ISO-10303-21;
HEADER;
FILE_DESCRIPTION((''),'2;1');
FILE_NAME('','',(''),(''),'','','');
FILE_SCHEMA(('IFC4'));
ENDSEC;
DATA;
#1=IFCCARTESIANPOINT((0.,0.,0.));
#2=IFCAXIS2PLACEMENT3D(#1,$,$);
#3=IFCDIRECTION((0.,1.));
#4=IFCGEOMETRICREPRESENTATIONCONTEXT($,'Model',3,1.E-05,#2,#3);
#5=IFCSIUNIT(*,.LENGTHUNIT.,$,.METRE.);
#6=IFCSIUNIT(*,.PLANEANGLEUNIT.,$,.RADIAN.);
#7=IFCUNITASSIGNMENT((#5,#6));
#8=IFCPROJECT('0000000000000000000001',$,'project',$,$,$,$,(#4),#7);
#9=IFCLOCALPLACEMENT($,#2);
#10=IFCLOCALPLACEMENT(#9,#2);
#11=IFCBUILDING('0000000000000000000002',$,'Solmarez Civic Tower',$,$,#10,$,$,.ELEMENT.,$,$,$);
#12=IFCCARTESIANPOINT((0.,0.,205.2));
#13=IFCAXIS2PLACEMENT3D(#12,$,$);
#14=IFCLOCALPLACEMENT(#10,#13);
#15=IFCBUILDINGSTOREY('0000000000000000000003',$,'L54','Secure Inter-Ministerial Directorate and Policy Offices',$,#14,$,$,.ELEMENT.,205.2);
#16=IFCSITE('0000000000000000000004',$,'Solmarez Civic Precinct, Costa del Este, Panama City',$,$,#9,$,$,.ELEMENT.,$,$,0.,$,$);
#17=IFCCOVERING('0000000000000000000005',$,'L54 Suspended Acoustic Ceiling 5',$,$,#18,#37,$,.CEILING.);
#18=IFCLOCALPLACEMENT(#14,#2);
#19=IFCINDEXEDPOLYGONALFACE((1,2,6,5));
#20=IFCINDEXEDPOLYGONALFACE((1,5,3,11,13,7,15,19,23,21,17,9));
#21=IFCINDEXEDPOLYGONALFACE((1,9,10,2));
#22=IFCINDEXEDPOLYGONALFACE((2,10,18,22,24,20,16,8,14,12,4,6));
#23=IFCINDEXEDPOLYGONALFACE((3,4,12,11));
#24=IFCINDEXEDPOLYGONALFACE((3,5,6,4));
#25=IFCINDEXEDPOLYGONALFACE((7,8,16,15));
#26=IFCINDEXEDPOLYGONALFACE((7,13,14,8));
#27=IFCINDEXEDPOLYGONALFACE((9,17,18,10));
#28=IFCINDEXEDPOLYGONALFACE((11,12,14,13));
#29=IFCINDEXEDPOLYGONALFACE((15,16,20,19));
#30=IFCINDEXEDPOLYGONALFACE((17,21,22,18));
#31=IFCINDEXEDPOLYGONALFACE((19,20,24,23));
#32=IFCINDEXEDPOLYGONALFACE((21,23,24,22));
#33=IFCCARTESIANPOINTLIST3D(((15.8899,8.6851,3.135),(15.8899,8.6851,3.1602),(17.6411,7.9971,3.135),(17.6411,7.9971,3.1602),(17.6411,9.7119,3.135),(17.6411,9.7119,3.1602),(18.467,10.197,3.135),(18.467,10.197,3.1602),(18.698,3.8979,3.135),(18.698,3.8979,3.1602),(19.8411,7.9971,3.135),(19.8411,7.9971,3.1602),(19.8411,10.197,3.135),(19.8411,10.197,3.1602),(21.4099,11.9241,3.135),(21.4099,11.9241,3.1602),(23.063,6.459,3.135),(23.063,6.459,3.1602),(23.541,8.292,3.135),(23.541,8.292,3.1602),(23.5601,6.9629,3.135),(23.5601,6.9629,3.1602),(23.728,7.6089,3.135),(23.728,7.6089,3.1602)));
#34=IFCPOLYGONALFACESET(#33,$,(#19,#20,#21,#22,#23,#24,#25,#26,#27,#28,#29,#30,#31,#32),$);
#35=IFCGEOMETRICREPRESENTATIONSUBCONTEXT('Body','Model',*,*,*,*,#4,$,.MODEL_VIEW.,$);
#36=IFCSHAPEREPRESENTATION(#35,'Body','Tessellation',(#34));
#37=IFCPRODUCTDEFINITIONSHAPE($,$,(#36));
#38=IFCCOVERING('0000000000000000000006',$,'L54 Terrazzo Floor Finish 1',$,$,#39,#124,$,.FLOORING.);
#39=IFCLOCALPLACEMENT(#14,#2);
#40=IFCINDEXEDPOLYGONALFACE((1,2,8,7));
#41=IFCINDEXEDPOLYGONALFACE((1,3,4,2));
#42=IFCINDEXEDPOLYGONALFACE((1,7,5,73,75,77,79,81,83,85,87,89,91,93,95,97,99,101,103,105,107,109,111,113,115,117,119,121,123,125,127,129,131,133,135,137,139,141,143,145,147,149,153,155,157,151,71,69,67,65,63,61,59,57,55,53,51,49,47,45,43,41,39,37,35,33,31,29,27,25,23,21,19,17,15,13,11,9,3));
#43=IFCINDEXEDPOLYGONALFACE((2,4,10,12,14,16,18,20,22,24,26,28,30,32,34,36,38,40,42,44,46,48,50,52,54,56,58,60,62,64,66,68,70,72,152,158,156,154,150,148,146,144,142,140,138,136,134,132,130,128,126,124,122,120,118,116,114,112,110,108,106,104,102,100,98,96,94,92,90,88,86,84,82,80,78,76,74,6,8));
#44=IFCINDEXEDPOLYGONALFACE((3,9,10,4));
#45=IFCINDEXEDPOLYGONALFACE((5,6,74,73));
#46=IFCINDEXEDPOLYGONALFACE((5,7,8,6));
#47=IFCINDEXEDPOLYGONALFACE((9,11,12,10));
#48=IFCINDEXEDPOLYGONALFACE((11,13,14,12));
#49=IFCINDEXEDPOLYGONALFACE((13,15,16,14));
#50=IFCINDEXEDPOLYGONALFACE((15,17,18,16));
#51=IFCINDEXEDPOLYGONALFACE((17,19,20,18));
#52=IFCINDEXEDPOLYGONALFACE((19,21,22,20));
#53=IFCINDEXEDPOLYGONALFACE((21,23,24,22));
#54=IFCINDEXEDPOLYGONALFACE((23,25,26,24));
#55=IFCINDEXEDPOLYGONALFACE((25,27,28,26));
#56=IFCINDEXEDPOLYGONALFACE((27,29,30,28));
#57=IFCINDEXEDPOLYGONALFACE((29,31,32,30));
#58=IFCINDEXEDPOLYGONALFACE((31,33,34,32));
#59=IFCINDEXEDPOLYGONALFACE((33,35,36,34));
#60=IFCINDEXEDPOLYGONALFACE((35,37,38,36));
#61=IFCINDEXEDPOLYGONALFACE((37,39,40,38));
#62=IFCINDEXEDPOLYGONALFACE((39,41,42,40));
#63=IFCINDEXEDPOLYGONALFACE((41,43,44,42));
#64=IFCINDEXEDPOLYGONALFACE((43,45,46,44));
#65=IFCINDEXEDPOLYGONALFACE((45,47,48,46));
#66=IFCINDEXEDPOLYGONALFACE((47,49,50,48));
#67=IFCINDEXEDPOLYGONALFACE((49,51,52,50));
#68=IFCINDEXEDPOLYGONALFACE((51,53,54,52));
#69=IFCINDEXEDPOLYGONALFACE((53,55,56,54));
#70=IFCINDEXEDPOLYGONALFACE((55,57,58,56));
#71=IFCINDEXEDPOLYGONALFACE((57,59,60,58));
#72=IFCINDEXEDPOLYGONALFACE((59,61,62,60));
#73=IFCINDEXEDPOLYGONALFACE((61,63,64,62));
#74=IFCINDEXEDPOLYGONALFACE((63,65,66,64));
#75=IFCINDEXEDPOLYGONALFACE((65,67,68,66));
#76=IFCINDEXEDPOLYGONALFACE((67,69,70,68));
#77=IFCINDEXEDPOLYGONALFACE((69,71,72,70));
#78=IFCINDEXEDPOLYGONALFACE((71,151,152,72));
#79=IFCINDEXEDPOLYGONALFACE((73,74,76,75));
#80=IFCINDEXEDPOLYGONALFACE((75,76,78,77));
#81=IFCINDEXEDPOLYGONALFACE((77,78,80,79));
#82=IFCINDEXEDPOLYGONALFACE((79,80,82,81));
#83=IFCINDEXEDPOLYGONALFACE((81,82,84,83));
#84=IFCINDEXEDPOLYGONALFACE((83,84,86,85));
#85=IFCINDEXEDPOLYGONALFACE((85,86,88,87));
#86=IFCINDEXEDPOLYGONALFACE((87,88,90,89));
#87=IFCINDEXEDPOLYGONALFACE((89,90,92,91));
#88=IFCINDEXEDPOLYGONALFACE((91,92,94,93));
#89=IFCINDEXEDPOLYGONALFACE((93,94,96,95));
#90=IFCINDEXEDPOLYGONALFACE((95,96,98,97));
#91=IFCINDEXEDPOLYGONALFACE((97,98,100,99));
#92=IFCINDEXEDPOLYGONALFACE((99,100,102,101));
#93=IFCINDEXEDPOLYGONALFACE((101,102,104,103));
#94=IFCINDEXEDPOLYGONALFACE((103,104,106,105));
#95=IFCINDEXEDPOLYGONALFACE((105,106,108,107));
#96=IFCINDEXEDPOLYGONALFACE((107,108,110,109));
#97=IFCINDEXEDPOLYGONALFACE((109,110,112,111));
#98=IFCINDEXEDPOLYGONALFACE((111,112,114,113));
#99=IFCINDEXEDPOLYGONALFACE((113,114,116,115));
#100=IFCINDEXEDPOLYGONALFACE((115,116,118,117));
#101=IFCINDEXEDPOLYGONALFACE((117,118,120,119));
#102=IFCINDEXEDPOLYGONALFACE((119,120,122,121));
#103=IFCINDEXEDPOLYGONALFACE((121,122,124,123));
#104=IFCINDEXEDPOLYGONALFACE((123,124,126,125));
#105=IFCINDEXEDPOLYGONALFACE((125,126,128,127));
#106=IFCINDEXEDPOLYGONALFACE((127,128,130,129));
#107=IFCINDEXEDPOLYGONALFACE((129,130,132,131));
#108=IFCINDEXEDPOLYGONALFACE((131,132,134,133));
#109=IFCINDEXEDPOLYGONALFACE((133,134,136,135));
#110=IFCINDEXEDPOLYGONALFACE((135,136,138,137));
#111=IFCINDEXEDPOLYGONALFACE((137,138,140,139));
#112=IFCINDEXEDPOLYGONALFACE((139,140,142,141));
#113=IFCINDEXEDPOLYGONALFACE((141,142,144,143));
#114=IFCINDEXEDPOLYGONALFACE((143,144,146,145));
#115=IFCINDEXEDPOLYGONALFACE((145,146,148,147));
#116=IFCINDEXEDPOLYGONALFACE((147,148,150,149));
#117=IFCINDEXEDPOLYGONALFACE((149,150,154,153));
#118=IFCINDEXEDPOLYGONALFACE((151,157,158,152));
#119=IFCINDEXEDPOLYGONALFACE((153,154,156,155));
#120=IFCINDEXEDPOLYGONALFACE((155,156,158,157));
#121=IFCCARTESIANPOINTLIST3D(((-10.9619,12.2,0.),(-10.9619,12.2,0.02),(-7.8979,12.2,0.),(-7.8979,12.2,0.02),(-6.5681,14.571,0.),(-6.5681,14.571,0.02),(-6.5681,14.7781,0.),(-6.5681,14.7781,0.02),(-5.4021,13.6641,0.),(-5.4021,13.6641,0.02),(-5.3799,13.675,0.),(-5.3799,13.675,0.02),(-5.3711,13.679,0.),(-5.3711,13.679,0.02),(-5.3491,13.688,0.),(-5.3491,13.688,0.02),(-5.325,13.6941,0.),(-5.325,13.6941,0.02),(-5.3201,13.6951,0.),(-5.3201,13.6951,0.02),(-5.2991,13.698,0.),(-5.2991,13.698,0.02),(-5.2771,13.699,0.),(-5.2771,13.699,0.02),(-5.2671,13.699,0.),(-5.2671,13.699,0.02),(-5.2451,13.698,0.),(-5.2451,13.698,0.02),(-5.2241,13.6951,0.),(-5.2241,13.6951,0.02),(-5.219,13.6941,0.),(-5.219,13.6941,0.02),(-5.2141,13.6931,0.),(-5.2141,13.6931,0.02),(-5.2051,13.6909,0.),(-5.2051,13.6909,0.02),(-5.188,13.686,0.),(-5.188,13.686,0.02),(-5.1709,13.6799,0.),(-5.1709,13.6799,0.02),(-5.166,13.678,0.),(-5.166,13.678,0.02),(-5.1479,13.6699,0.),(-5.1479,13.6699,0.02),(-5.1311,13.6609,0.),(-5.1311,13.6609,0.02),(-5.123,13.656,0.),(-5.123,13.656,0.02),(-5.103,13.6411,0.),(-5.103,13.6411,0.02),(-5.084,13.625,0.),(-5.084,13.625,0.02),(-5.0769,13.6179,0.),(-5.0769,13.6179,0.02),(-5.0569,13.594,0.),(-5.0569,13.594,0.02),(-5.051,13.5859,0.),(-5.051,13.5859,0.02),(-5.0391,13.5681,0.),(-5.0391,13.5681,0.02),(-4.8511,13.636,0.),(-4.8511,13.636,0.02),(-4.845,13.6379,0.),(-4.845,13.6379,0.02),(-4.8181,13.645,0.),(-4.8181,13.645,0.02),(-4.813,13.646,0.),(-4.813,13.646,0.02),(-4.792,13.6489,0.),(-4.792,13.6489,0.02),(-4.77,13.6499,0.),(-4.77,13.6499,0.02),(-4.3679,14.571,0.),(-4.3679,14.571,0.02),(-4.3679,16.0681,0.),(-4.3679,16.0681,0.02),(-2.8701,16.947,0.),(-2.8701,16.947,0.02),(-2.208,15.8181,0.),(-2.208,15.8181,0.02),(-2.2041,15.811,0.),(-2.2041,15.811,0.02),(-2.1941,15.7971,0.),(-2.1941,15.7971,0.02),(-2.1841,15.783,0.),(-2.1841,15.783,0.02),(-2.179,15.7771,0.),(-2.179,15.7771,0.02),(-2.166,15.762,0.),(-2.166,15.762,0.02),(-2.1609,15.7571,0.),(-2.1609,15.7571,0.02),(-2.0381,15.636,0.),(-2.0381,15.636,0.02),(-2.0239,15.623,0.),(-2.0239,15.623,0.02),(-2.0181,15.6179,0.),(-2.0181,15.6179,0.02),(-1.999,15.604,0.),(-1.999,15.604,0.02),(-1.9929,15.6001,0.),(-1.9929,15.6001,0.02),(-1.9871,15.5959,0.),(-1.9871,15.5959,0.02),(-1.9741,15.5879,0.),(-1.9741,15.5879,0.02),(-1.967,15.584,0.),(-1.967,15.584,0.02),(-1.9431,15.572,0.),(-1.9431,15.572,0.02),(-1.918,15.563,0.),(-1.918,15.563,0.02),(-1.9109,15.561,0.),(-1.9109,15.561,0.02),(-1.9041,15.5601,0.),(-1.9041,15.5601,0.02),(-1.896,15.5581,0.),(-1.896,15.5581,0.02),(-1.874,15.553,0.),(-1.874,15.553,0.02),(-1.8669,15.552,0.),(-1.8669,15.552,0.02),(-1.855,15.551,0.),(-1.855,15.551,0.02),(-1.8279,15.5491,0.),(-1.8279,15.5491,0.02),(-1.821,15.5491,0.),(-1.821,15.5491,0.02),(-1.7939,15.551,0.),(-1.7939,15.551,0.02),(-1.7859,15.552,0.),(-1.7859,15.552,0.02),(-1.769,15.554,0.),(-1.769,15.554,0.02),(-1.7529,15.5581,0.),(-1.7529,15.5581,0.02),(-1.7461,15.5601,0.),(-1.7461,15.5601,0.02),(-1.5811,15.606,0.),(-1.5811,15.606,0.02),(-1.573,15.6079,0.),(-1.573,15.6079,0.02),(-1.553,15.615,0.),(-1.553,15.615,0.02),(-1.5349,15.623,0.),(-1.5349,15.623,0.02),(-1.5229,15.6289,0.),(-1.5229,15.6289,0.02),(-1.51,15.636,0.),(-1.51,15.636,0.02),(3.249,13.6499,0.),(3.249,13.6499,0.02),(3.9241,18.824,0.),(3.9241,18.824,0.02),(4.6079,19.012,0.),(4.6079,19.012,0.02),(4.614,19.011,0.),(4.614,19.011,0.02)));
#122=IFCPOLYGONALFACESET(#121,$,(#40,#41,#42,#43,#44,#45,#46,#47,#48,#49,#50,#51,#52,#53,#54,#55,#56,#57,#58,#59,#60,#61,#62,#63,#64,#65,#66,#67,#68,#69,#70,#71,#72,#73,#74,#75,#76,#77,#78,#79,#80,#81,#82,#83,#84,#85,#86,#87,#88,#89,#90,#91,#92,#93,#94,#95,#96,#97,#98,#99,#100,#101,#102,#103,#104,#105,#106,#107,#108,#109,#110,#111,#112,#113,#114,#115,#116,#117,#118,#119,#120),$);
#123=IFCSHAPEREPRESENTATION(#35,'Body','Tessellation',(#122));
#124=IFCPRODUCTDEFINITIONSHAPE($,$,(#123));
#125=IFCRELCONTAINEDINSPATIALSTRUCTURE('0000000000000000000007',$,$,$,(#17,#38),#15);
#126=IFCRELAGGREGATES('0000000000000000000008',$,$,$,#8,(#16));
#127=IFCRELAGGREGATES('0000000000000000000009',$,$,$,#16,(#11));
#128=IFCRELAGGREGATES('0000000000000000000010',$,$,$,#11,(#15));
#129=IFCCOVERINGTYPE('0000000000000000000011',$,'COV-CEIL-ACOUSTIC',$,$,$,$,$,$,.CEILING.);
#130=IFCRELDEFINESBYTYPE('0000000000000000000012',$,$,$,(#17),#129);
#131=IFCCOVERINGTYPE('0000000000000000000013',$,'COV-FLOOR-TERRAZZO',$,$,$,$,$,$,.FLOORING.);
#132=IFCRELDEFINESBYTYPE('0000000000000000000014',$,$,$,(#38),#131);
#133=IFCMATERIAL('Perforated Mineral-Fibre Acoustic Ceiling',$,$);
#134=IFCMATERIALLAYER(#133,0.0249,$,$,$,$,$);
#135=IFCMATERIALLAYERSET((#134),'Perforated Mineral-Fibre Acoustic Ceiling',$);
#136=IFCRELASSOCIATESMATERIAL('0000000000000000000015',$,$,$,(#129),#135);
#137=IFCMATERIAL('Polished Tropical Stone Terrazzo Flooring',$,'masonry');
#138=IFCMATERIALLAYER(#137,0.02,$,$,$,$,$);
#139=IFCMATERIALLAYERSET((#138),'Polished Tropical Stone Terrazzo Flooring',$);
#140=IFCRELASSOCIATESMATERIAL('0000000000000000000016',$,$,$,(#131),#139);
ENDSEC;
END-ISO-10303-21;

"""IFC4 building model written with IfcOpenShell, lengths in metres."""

from ifc_helpers import new_model, si_unit, direction, frame, origin, place, context, subcontext, project, spatial, polyline, outline, extrude, material, layer, layer_set, type_object, element, save


model = new_model("IFC4")

# Units and contexts
model_context = context("Model", 3, precision=1e-05, world=origin(), true_north=direction((0.0, 1.0)))
body_context = subcontext(model_context, "Body", "Model", "MODEL_VIEW")
ifc_project = project(units=[si_unit("LENGTHUNIT", "METRE"), si_unit("PLANEANGLEUNIT", "RADIAN")], contexts=[model_context])

# Site, building, storey
site_placement = place(None, origin())
site = spatial("IfcSite", under=ifc_project, at=site_placement, Name="Solmarez Civic Precinct, Costa del Este, Panama City", CompositionType="ELEMENT", RefElevation=0.0)
building_placement = place(site_placement, origin())
building = spatial("IfcBuilding", under=site, at=building_placement, Name="Solmarez Civic Tower", CompositionType="ELEMENT")
storey_placement = place(building_placement, frame((0.0, 0.0, 205.2)))
storey = spatial("IfcBuildingStorey", under=building, at=storey_placement, Name="L54", Description="Secure Inter-Ministerial Directorate and Policy Offices", CompositionType="ELEMENT", Elevation=205.2)

# Coverings
ifc_material_1 = material(Name="Perforated Mineral-Fibre Acoustic Ceiling")
ifc_layer_1 = layer(ifc_material_1, 0.0249)
ifc_layer_set_1 = layer_set([ifc_layer_1], Name="Perforated Mineral-Fibre Acoustic Ceiling")
covering_type_1 = type_object("IfcCoveringType", Name="COV-CEIL-ACOUSTIC", PredefinedType="CEILING", material=ifc_layer_set_1)
covering_1_placement = place(storey_placement, frame((0.0, 0.0, 3.135)))
element("IfcCovering", 1, at=covering_1_placement, inside=storey, type_object=covering_type_1, Name="L54 Suspended Acoustic Ceiling 5", PredefinedType="CEILING", context=body_context, shape_type="SweptSolid", body=[
    extrude(outline(polyline([(18.698, 3.8979), (23.063, 6.459), (23.5601, 6.9629), (23.728, 7.6089), (23.541, 8.292), (21.4099, 11.9241), (18.467, 10.197), (19.8411, 10.197), (19.8411, 7.9971), (17.6411, 7.9971), (17.6411, 9.7119), (15.8899, 8.6851), (18.698, 3.8979)])), origin(), (0.0, 0.0, 1.0), 0.0251),
])
ifc_material_2 = material(Name="Polished Tropical Stone Terrazzo Flooring", Category="masonry")
ifc_layer_2 = layer(ifc_material_2, 0.02)
ifc_layer_set_2 = layer_set([ifc_layer_2], Name="Polished Tropical Stone Terrazzo Flooring")
covering_type_2 = type_object("IfcCoveringType", Name="COV-FLOOR-TERRAZZO", PredefinedType="FLOORING", material=ifc_layer_set_2)
covering_2_placement = place(storey_placement, origin())
element("IfcCovering", 2, at=covering_2_placement, inside=storey, type_object=covering_type_2, Name="L54 Terrazzo Floor Finish 1", PredefinedType="FLOORING", context=body_context, shape_type="SweptSolid", body=[
    extrude(outline(polyline([(-10.9619, 12.2), (-7.8979, 12.2), (-5.4021, 13.6641), (-5.3799, 13.675), (-5.3711, 13.679), (-5.3491, 13.688), (-5.325, 13.6941), (-5.3201, 13.6951), (-5.2991, 13.698), (-5.2771, 13.699), (-5.2671, 13.699), (-5.2451, 13.698), (-5.2241, 13.6951), (-5.219, 13.6941), (-5.2141, 13.6931), (-5.2051, 13.6909), (-5.188, 13.686), (-5.1709, 13.6799), (-5.166, 13.678), (-5.1479, 13.6699), (-5.1311, 13.6609), (-5.123, 13.656), (-5.103, 13.6411), (-5.084, 13.625), (-5.0769, 13.6179), (-5.0569, 13.594), (-5.051, 13.5859), (-5.0391, 13.5681), (-4.8511, 13.636), (-4.845, 13.6379), (-4.8181, 13.645), (-4.813, 13.646), (-4.792, 13.6489), (-4.77, 13.6499), (3.249, 13.6499), (4.614, 19.011), (4.6079, 19.012), (3.9241, 18.824), (-1.51, 15.636), (-1.5229, 15.6289), (-1.5349, 15.623), (-1.553, 15.615), (-1.573, 15.6079), (-1.5811, 15.606), (-1.7461, 15.5601), (-1.7529, 15.5581), (-1.769, 15.554), (-1.7859, 15.552), (-1.7939, 15.551), (-1.821, 15.5491), (-1.8279, 15.5491), (-1.855, 15.551), (-1.8669, 15.552), (-1.874, 15.553), (-1.896, 15.5581), (-1.9041, 15.5601), (-1.9109, 15.561), (-1.918, 15.563), (-1.9431, 15.572), (-1.967, 15.584), (-1.9741, 15.5879), (-1.9871, 15.5959), (-1.9929, 15.6001), (-1.999, 15.604), (-2.0181, 15.6179), (-2.0239, 15.623), (-2.0381, 15.636), (-2.1609, 15.7571), (-2.166, 15.762), (-2.179, 15.7771), (-2.1841, 15.783), (-2.1941, 15.7971), (-2.2041, 15.811), (-2.208, 15.8181), (-2.8701, 16.947), (-4.3679, 16.0681), (-4.3679, 14.571), (-6.5681, 14.571), (-6.5681, 14.7781), (-10.9619, 12.2)])), origin(), (0.0, 0.0, 1.0), 0.02),
])

save(model, "model.ifc")
